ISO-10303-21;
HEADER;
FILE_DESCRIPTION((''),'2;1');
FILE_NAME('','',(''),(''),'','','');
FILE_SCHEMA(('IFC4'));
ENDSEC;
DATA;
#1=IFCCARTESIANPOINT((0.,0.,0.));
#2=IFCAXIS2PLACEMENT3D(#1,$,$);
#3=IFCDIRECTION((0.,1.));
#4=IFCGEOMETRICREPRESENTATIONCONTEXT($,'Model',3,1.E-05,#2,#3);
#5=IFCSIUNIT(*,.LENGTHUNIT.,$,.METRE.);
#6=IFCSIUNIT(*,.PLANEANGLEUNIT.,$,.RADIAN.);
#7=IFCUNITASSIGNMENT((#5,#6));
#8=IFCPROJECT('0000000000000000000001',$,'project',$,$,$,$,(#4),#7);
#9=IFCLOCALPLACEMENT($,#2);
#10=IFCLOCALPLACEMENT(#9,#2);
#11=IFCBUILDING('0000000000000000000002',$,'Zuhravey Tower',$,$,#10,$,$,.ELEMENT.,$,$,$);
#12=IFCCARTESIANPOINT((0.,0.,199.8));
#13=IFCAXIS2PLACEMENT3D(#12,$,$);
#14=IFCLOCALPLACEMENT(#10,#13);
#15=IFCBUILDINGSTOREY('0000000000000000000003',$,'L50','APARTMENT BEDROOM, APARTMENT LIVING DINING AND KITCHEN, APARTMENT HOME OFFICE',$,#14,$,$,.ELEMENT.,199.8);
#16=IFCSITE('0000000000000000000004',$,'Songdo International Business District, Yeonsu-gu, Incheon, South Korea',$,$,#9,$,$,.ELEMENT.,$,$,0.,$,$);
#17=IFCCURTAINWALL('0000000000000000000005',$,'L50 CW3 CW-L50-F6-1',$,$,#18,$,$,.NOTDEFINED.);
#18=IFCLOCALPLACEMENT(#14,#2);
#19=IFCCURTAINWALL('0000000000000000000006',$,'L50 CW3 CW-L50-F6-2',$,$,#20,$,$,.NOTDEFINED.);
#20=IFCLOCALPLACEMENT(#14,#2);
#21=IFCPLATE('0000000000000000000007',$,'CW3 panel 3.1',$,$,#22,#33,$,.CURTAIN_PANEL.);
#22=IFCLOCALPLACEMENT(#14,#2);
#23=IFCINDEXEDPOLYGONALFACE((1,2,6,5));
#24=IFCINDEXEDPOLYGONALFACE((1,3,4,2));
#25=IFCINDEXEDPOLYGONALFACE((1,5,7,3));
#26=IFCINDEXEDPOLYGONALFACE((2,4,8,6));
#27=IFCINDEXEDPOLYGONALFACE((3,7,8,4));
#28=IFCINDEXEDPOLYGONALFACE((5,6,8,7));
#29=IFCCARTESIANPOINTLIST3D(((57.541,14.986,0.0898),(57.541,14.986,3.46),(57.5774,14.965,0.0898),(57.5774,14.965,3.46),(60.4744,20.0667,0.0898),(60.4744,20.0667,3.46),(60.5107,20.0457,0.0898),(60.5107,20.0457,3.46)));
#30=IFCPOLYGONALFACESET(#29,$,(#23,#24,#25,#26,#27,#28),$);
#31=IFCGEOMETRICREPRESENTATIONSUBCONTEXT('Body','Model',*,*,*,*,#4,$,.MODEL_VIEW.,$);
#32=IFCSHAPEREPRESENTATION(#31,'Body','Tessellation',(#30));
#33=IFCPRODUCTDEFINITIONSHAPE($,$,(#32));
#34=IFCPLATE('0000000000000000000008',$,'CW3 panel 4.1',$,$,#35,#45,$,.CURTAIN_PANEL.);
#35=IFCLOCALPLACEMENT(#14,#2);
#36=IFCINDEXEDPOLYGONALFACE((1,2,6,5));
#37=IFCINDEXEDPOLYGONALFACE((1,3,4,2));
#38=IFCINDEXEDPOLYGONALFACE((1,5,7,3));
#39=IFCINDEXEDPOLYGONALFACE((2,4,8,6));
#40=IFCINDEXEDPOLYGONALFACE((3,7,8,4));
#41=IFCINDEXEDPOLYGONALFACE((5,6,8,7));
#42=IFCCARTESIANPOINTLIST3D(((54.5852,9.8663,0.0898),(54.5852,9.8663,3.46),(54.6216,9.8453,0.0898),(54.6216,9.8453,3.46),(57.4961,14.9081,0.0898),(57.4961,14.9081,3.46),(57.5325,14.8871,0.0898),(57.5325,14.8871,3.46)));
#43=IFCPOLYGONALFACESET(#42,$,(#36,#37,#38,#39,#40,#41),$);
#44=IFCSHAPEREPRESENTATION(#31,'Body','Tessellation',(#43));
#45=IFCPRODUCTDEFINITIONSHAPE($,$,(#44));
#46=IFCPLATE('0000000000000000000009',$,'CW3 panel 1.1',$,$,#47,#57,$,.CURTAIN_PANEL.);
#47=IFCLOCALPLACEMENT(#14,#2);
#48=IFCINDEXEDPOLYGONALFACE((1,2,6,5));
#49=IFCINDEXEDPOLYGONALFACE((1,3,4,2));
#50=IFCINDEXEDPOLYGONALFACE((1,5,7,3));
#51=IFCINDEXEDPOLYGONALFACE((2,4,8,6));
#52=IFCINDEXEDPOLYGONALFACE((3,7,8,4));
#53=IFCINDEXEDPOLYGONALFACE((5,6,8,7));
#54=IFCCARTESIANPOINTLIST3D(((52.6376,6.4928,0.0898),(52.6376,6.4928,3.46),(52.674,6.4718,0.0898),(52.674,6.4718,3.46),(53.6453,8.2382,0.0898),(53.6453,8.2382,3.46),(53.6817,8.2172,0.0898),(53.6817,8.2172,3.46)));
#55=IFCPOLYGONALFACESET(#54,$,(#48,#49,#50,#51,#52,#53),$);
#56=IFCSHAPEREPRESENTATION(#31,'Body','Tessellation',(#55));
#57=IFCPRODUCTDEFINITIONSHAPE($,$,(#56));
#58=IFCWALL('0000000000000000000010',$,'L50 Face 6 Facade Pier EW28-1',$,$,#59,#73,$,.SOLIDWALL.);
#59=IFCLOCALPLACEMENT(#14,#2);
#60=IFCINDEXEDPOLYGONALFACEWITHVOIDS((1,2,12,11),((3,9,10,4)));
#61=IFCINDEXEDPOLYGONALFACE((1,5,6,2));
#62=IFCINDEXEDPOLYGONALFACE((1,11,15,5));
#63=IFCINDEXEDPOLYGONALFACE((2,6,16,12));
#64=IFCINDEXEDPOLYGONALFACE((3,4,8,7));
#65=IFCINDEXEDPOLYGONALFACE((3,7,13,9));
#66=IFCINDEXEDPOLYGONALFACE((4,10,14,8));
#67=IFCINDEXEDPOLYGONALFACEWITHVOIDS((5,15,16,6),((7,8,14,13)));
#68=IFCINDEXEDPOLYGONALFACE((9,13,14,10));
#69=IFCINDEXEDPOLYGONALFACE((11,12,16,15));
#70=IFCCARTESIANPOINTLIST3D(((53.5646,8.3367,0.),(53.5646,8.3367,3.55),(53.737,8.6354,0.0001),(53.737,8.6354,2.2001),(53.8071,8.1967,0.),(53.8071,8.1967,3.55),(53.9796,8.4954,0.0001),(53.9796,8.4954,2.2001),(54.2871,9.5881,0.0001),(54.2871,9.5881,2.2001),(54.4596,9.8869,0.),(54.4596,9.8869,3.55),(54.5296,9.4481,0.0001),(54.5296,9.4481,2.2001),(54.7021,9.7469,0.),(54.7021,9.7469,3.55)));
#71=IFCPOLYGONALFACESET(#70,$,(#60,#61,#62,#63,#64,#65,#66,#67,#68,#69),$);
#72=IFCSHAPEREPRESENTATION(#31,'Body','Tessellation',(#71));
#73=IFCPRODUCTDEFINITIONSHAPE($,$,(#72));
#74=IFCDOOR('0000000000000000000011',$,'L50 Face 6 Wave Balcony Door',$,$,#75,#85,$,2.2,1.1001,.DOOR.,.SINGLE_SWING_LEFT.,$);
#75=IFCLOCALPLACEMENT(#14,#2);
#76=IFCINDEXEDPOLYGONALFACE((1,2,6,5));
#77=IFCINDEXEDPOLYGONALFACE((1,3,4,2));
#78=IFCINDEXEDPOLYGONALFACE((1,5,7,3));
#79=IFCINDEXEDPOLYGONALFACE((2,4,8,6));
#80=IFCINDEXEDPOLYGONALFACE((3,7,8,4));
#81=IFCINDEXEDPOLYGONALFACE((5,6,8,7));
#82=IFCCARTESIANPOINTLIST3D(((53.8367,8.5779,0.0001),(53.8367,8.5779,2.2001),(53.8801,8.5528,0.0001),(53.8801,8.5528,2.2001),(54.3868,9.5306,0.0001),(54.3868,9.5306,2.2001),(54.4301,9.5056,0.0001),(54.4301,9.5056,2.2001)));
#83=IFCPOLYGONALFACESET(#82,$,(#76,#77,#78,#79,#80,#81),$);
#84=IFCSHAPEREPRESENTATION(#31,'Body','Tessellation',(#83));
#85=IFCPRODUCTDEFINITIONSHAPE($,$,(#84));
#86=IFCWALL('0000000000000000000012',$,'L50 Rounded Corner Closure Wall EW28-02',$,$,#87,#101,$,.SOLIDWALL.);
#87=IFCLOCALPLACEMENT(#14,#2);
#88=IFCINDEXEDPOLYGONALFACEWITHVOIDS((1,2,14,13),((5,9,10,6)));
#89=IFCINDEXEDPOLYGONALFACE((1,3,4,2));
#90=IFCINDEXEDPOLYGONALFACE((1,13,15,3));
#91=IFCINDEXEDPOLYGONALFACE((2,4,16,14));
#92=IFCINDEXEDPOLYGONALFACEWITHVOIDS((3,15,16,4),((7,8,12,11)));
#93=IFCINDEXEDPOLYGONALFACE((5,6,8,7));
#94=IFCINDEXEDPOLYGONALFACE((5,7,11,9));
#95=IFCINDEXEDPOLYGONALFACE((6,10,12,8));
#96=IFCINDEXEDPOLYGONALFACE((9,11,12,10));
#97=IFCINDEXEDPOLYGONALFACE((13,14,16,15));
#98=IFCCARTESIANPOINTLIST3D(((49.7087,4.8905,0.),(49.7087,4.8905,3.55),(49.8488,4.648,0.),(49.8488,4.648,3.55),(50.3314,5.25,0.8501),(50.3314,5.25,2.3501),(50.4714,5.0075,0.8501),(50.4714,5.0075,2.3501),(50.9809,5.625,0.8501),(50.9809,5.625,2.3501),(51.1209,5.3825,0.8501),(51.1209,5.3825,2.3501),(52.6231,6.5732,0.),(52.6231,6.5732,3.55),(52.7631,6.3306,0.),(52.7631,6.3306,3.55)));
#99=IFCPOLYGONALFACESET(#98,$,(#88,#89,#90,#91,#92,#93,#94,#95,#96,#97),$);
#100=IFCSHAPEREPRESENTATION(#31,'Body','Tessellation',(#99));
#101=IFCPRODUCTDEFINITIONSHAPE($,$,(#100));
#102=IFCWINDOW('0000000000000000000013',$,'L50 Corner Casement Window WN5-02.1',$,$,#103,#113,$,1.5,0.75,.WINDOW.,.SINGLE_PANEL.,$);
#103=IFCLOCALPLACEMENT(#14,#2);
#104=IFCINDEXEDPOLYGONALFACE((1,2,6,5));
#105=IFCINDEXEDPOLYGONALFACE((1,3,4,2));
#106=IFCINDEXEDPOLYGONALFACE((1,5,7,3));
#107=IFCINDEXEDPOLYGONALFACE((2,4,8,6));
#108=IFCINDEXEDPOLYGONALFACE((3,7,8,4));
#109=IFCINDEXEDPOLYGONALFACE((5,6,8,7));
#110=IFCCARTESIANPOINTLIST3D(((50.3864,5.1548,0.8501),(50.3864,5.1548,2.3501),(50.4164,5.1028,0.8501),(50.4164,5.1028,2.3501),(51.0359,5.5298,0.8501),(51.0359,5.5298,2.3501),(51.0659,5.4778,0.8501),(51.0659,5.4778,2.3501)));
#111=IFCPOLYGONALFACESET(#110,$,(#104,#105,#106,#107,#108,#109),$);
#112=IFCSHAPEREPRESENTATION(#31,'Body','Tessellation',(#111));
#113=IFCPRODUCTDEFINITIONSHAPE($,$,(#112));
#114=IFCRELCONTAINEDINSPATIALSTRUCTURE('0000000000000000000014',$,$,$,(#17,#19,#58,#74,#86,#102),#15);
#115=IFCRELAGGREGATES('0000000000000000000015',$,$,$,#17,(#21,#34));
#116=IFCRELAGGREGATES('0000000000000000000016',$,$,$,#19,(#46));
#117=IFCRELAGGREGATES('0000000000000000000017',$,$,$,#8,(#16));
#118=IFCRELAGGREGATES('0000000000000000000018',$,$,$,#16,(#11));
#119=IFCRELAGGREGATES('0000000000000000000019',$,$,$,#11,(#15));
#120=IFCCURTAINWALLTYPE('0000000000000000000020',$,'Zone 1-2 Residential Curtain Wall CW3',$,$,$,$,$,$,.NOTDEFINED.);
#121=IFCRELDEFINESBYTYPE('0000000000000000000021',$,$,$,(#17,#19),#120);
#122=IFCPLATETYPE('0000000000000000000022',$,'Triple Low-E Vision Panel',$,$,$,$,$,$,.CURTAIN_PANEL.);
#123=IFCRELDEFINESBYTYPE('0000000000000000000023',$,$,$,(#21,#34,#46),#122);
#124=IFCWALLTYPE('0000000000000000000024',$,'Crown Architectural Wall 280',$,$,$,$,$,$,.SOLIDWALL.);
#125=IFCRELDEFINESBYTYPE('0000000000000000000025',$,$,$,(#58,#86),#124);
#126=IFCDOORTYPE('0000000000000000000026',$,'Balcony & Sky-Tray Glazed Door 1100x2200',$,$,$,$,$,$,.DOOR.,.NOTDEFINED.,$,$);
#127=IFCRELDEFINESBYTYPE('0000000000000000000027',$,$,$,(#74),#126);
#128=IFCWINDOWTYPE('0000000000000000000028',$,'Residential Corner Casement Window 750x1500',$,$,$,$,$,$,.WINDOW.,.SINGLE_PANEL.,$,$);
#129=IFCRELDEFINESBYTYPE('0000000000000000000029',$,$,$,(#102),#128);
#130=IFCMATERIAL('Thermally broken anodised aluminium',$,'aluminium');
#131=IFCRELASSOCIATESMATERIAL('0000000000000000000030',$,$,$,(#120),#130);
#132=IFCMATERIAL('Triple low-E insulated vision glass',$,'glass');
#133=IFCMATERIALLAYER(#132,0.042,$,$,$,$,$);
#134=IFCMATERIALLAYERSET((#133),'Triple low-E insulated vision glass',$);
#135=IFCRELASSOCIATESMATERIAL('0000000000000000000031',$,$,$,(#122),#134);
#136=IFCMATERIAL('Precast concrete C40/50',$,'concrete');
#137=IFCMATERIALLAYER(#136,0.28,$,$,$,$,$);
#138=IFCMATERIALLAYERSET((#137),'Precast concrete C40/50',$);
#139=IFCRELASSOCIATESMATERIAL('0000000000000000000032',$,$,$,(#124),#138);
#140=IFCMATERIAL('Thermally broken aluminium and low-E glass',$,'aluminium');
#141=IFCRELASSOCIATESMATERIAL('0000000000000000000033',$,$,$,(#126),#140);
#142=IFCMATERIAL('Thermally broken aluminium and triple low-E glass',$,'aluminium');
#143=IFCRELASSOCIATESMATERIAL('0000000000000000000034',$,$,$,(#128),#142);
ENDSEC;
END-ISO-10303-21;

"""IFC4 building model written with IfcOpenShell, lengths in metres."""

from ifc_helpers import new_model, si_unit, direction, frame, frame_2d, origin, origin_2d, place, context, subcontext, project, spatial, rectangle, extrude, material, layer, layer_set, type_object, element, fill, aggregate, save


model = new_model("IFC4")

# Units and contexts
model_context = context("Model", 3, precision=1e-05, world=origin(), true_north=direction((0.0, 1.0)))
body_context = subcontext(model_context, "Body", "Model", "MODEL_VIEW")
ifc_project = project(units=[si_unit("LENGTHUNIT", "METRE"), si_unit("PLANEANGLEUNIT", "RADIAN")], contexts=[model_context])

# Site, building, storey
site_placement = place(None, origin())
site = spatial("IfcSite", under=ifc_project, at=site_placement, Name="Songdo International Business District, Yeonsu-gu, Incheon, South Korea", CompositionType="ELEMENT", RefElevation=0.0)
building_placement = place(site_placement, origin())
building = spatial("IfcBuilding", under=site, at=building_placement, Name="Zuhravey Tower", CompositionType="ELEMENT")
storey_placement = place(building_placement, frame((0.0, 0.0, 199.8)))
storey = spatial("IfcBuildingStorey", under=building, at=storey_placement, Name="L50", Description="APARTMENT BEDROOM, APARTMENT LIVING DINING AND KITCHEN, APARTMENT HOME OFFICE", CompositionType="ELEMENT", Elevation=199.8)

# Curtain walls
ifc_material_1 = material(Name="Thermally broken anodised aluminium", Category="aluminium")
curtain_wall_type = type_object("IfcCurtainWallType", Name="Zone 1-2 Residential Curtain Wall CW3", PredefinedType="NOTDEFINED", material=ifc_material_1)
curtain_wall_1_placement = place(storey_placement, origin())
curtain_wall_1 = element("IfcCurtainWall", 1, at=curtain_wall_1_placement, inside=storey, type_object=curtain_wall_type, Name="L50 CW3 CW-L50-F6-1", PredefinedType="NOTDEFINED")
curtain_wall_2_placement = place(storey_placement, origin())
curtain_wall_2 = element("IfcCurtainWall", 2, at=curtain_wall_2_placement, inside=storey, type_object=curtain_wall_type, Name="L50 CW3 CW-L50-F6-2", PredefinedType="NOTDEFINED")

# Plates
ifc_material_2 = material(Name="Triple low-E insulated vision glass", Category="glass")
ifc_layer_1 = layer(ifc_material_2, 0.042)
ifc_layer_set_1 = layer_set([ifc_layer_1], Name="Triple low-E insulated vision glass")
plate_type_1 = type_object("IfcPlateType", Name="Triple Low-E Vision Panel", PredefinedType="CURTAIN_PANEL", material=ifc_layer_set_1)
plate_1_placement = place(storey_placement, frame((59.0259, 17.5159, 0.0898), z_axis=(0.0, 0.0, 1.0), x_axis=(-0.5, -0.866025, 0.0)))
plate_1 = element("IfcPlate", 3, at=plate_1_placement, type_object=plate_type_1, Name="CW3 panel 3.1", PredefinedType="CURTAIN_PANEL", context=body_context, shape_type="SweptSolid", body=[
    extrude(rectangle(XDim=5.8667, YDim=0.042, at=origin_2d()), origin(), (0.0, 0.0, 1.0), 3.3701),
])
plate_2_placement = place(storey_placement, frame((56.0588, 12.3767, 0.0898), z_axis=(0.0, 0.0, 1.0), x_axis=(-0.5, -0.866025, 0.0)))
plate_2 = element("IfcPlate", 4, at=plate_2_placement, type_object=plate_type_1, Name="CW3 panel 4.1", PredefinedType="CURTAIN_PANEL", context=body_context, shape_type="SweptSolid", body=[
    extrude(rectangle(XDim=5.8218, YDim=0.042, at=origin_2d()), origin(), (0.0, 0.0, 1.0), 3.3701),
])
aggregate(curtain_wall_1, [plate_1, plate_2])
plate_3_placement = place(storey_placement, frame((53.1597, 7.355, 0.0898), z_axis=(0.0, 0.0, 1.0), x_axis=(-0.500014, -0.866017, 0.0)))
plate_3 = element("IfcPlate", 5, at=plate_3_placement, type_object=plate_type_1, Name="CW3 panel 1.1", PredefinedType="CURTAIN_PANEL", context=body_context, shape_type="SweptSolid", body=[
    extrude(rectangle(XDim=2.0154, YDim=0.042, at=origin_2d()), origin(), (0.0, 0.0, 1.0), 3.3701),
])
aggregate(curtain_wall_2, [plate_3])

# Wall, opening, door
ifc_material_3 = material(Name="Precast concrete C40/50", Category="concrete")
ifc_layer_2 = layer(ifc_material_3, 0.28)
ifc_layer_set_2 = layer_set([ifc_layer_2], Name="Precast concrete C40/50")
wall_type_1 = type_object("IfcWallType", Name="Crown Architectural Wall 280", PredefinedType="SOLIDWALL", material=ifc_layer_set_2)
wall_1_placement = place(storey_placement, frame((54.5808, 9.8169, 0.0), z_axis=(0.0, 0.0, 1.0), x_axis=(-0.499982, -0.866036, 0.0)))
wall_1 = element("IfcWall", 6, at=wall_1_placement, inside=storey, type_object=wall_type_1, Name="L50 Face 6 Facade Pier EW28-1", PredefinedType="SOLIDWALL", context=body_context, shape_type="SweptSolid", body=[
    extrude(rectangle(XDim=1.79, YDim=0.28, at=frame_2d((0.895, 0.0))), origin(), (0.0, 0.0, 1.0), 3.55),
])
opening_1_placement = place(wall_1_placement, frame((0.345, 0.0, 0.0)))
opening_1 = element("IfcOpeningElement", 7, at=opening_1_placement, cuts=wall_1, PredefinedType="OPENING", context=body_context, shape_type="SweptSolid", body=[
    extrude(rectangle(XDim=1.1001, YDim=2.2, at=frame_2d((0.55, 1.1001))), frame((0.0, 0.1521, 0.0), z_axis=(0.0, -1.0, 0.0), x_axis=(1.0, 0.0, 0.0)), (0.0, 0.0, 1.0), 0.304),
])
ifc_material_4 = material(Name="Thermally broken aluminium and low-E glass", Category="aluminium")
door_type_1 = type_object("IfcDoorType", Name="Balcony & Sky-Tray Glazed Door 1100x2200", OperationType="NOTDEFINED", PredefinedType="DOOR", material=ifc_material_4)
door_1_placement = place(opening_1_placement, frame((1.1001, 0.0, 0.0), z_axis=(0.0, 0.0, 1.0), x_axis=(-1.0, 0.0, 0.0)))
door_1 = element("IfcDoor", 8, at=door_1_placement, inside=storey, type_object=door_type_1, Name="L50 Face 6 Wave Balcony Door", OperationType="SINGLE_SWING_LEFT", OverallHeight=2.2, OverallWidth=1.1001, PredefinedType="DOOR", context=body_context, shape_type="SweptSolid", body=[
    extrude(rectangle(XDim=1.1001, YDim=2.2, at=frame_2d((0.55, 1.1001))), frame((0.0, 0.0249, 0.0), z_axis=(0.0, -1.0, 0.0), x_axis=(1.0, 0.0, 0.0)), (0.0, 0.0, 1.0), 0.05),
])
fill(opening_1, door_1)

# Wall, opening, window
wall_2_placement = place(storey_placement, frame((52.6931, 6.4519, 0.0), z_axis=(0.0, 0.0, 1.0), x_axis=(-0.86602, -0.500009, 0.0)))
wall_2 = element("IfcWall", 9, at=wall_2_placement, inside=storey, type_object=wall_type_1, Name="L50 Rounded Corner Closure Wall EW28-02", PredefinedType="SOLIDWALL", context=body_context, shape_type="SweptSolid", body=[
    extrude(rectangle(XDim=3.3652, YDim=0.28, at=frame_2d((1.6826, 0.0))), origin(), (0.0, 0.0, 1.0), 3.55),
])
opening_2_placement = place(wall_2_placement, frame((1.8962, 0.0, 0.8501)))
opening_2 = element("IfcOpeningElement", 10, at=opening_2_placement, cuts=wall_2, PredefinedType="OPENING", context=body_context, shape_type="SweptSolid", body=[
    extrude(rectangle(XDim=0.75, YDim=1.5, at=frame_2d((0.375, 0.75))), frame((0.0, 0.1521, 0.0), z_axis=(0.0, -1.0, 0.0), x_axis=(1.0, 0.0, 0.0)), (0.0, 0.0, 1.0), 0.304),
])
ifc_material_5 = material(Name="Thermally broken aluminium and triple low-E glass", Category="aluminium")
window_type = type_object("IfcWindowType", Name="Residential Corner Casement Window 750x1500", PartitioningType="SINGLE_PANEL", PredefinedType="WINDOW", material=ifc_material_5)
window_placement = place(opening_2_placement, origin())
window = element("IfcWindow", 11, at=window_placement, inside=storey, type_object=window_type, Name="L50 Corner Casement Window WN5-02.1", OverallHeight=1.5, OverallWidth=0.75, PartitioningType="SINGLE_PANEL", PredefinedType="WINDOW", context=body_context, shape_type="SweptSolid", body=[
    extrude(rectangle(XDim=0.75, YDim=1.5, at=frame_2d((0.375, 0.75))), frame((0.0, 0.03, 0.0), z_axis=(0.0, -1.0, 0.0), x_axis=(1.0, 0.0, 0.0)), (0.0, 0.0, 1.0), 0.0601),
])
fill(opening_2, window)

save(model, "model.ifc")
